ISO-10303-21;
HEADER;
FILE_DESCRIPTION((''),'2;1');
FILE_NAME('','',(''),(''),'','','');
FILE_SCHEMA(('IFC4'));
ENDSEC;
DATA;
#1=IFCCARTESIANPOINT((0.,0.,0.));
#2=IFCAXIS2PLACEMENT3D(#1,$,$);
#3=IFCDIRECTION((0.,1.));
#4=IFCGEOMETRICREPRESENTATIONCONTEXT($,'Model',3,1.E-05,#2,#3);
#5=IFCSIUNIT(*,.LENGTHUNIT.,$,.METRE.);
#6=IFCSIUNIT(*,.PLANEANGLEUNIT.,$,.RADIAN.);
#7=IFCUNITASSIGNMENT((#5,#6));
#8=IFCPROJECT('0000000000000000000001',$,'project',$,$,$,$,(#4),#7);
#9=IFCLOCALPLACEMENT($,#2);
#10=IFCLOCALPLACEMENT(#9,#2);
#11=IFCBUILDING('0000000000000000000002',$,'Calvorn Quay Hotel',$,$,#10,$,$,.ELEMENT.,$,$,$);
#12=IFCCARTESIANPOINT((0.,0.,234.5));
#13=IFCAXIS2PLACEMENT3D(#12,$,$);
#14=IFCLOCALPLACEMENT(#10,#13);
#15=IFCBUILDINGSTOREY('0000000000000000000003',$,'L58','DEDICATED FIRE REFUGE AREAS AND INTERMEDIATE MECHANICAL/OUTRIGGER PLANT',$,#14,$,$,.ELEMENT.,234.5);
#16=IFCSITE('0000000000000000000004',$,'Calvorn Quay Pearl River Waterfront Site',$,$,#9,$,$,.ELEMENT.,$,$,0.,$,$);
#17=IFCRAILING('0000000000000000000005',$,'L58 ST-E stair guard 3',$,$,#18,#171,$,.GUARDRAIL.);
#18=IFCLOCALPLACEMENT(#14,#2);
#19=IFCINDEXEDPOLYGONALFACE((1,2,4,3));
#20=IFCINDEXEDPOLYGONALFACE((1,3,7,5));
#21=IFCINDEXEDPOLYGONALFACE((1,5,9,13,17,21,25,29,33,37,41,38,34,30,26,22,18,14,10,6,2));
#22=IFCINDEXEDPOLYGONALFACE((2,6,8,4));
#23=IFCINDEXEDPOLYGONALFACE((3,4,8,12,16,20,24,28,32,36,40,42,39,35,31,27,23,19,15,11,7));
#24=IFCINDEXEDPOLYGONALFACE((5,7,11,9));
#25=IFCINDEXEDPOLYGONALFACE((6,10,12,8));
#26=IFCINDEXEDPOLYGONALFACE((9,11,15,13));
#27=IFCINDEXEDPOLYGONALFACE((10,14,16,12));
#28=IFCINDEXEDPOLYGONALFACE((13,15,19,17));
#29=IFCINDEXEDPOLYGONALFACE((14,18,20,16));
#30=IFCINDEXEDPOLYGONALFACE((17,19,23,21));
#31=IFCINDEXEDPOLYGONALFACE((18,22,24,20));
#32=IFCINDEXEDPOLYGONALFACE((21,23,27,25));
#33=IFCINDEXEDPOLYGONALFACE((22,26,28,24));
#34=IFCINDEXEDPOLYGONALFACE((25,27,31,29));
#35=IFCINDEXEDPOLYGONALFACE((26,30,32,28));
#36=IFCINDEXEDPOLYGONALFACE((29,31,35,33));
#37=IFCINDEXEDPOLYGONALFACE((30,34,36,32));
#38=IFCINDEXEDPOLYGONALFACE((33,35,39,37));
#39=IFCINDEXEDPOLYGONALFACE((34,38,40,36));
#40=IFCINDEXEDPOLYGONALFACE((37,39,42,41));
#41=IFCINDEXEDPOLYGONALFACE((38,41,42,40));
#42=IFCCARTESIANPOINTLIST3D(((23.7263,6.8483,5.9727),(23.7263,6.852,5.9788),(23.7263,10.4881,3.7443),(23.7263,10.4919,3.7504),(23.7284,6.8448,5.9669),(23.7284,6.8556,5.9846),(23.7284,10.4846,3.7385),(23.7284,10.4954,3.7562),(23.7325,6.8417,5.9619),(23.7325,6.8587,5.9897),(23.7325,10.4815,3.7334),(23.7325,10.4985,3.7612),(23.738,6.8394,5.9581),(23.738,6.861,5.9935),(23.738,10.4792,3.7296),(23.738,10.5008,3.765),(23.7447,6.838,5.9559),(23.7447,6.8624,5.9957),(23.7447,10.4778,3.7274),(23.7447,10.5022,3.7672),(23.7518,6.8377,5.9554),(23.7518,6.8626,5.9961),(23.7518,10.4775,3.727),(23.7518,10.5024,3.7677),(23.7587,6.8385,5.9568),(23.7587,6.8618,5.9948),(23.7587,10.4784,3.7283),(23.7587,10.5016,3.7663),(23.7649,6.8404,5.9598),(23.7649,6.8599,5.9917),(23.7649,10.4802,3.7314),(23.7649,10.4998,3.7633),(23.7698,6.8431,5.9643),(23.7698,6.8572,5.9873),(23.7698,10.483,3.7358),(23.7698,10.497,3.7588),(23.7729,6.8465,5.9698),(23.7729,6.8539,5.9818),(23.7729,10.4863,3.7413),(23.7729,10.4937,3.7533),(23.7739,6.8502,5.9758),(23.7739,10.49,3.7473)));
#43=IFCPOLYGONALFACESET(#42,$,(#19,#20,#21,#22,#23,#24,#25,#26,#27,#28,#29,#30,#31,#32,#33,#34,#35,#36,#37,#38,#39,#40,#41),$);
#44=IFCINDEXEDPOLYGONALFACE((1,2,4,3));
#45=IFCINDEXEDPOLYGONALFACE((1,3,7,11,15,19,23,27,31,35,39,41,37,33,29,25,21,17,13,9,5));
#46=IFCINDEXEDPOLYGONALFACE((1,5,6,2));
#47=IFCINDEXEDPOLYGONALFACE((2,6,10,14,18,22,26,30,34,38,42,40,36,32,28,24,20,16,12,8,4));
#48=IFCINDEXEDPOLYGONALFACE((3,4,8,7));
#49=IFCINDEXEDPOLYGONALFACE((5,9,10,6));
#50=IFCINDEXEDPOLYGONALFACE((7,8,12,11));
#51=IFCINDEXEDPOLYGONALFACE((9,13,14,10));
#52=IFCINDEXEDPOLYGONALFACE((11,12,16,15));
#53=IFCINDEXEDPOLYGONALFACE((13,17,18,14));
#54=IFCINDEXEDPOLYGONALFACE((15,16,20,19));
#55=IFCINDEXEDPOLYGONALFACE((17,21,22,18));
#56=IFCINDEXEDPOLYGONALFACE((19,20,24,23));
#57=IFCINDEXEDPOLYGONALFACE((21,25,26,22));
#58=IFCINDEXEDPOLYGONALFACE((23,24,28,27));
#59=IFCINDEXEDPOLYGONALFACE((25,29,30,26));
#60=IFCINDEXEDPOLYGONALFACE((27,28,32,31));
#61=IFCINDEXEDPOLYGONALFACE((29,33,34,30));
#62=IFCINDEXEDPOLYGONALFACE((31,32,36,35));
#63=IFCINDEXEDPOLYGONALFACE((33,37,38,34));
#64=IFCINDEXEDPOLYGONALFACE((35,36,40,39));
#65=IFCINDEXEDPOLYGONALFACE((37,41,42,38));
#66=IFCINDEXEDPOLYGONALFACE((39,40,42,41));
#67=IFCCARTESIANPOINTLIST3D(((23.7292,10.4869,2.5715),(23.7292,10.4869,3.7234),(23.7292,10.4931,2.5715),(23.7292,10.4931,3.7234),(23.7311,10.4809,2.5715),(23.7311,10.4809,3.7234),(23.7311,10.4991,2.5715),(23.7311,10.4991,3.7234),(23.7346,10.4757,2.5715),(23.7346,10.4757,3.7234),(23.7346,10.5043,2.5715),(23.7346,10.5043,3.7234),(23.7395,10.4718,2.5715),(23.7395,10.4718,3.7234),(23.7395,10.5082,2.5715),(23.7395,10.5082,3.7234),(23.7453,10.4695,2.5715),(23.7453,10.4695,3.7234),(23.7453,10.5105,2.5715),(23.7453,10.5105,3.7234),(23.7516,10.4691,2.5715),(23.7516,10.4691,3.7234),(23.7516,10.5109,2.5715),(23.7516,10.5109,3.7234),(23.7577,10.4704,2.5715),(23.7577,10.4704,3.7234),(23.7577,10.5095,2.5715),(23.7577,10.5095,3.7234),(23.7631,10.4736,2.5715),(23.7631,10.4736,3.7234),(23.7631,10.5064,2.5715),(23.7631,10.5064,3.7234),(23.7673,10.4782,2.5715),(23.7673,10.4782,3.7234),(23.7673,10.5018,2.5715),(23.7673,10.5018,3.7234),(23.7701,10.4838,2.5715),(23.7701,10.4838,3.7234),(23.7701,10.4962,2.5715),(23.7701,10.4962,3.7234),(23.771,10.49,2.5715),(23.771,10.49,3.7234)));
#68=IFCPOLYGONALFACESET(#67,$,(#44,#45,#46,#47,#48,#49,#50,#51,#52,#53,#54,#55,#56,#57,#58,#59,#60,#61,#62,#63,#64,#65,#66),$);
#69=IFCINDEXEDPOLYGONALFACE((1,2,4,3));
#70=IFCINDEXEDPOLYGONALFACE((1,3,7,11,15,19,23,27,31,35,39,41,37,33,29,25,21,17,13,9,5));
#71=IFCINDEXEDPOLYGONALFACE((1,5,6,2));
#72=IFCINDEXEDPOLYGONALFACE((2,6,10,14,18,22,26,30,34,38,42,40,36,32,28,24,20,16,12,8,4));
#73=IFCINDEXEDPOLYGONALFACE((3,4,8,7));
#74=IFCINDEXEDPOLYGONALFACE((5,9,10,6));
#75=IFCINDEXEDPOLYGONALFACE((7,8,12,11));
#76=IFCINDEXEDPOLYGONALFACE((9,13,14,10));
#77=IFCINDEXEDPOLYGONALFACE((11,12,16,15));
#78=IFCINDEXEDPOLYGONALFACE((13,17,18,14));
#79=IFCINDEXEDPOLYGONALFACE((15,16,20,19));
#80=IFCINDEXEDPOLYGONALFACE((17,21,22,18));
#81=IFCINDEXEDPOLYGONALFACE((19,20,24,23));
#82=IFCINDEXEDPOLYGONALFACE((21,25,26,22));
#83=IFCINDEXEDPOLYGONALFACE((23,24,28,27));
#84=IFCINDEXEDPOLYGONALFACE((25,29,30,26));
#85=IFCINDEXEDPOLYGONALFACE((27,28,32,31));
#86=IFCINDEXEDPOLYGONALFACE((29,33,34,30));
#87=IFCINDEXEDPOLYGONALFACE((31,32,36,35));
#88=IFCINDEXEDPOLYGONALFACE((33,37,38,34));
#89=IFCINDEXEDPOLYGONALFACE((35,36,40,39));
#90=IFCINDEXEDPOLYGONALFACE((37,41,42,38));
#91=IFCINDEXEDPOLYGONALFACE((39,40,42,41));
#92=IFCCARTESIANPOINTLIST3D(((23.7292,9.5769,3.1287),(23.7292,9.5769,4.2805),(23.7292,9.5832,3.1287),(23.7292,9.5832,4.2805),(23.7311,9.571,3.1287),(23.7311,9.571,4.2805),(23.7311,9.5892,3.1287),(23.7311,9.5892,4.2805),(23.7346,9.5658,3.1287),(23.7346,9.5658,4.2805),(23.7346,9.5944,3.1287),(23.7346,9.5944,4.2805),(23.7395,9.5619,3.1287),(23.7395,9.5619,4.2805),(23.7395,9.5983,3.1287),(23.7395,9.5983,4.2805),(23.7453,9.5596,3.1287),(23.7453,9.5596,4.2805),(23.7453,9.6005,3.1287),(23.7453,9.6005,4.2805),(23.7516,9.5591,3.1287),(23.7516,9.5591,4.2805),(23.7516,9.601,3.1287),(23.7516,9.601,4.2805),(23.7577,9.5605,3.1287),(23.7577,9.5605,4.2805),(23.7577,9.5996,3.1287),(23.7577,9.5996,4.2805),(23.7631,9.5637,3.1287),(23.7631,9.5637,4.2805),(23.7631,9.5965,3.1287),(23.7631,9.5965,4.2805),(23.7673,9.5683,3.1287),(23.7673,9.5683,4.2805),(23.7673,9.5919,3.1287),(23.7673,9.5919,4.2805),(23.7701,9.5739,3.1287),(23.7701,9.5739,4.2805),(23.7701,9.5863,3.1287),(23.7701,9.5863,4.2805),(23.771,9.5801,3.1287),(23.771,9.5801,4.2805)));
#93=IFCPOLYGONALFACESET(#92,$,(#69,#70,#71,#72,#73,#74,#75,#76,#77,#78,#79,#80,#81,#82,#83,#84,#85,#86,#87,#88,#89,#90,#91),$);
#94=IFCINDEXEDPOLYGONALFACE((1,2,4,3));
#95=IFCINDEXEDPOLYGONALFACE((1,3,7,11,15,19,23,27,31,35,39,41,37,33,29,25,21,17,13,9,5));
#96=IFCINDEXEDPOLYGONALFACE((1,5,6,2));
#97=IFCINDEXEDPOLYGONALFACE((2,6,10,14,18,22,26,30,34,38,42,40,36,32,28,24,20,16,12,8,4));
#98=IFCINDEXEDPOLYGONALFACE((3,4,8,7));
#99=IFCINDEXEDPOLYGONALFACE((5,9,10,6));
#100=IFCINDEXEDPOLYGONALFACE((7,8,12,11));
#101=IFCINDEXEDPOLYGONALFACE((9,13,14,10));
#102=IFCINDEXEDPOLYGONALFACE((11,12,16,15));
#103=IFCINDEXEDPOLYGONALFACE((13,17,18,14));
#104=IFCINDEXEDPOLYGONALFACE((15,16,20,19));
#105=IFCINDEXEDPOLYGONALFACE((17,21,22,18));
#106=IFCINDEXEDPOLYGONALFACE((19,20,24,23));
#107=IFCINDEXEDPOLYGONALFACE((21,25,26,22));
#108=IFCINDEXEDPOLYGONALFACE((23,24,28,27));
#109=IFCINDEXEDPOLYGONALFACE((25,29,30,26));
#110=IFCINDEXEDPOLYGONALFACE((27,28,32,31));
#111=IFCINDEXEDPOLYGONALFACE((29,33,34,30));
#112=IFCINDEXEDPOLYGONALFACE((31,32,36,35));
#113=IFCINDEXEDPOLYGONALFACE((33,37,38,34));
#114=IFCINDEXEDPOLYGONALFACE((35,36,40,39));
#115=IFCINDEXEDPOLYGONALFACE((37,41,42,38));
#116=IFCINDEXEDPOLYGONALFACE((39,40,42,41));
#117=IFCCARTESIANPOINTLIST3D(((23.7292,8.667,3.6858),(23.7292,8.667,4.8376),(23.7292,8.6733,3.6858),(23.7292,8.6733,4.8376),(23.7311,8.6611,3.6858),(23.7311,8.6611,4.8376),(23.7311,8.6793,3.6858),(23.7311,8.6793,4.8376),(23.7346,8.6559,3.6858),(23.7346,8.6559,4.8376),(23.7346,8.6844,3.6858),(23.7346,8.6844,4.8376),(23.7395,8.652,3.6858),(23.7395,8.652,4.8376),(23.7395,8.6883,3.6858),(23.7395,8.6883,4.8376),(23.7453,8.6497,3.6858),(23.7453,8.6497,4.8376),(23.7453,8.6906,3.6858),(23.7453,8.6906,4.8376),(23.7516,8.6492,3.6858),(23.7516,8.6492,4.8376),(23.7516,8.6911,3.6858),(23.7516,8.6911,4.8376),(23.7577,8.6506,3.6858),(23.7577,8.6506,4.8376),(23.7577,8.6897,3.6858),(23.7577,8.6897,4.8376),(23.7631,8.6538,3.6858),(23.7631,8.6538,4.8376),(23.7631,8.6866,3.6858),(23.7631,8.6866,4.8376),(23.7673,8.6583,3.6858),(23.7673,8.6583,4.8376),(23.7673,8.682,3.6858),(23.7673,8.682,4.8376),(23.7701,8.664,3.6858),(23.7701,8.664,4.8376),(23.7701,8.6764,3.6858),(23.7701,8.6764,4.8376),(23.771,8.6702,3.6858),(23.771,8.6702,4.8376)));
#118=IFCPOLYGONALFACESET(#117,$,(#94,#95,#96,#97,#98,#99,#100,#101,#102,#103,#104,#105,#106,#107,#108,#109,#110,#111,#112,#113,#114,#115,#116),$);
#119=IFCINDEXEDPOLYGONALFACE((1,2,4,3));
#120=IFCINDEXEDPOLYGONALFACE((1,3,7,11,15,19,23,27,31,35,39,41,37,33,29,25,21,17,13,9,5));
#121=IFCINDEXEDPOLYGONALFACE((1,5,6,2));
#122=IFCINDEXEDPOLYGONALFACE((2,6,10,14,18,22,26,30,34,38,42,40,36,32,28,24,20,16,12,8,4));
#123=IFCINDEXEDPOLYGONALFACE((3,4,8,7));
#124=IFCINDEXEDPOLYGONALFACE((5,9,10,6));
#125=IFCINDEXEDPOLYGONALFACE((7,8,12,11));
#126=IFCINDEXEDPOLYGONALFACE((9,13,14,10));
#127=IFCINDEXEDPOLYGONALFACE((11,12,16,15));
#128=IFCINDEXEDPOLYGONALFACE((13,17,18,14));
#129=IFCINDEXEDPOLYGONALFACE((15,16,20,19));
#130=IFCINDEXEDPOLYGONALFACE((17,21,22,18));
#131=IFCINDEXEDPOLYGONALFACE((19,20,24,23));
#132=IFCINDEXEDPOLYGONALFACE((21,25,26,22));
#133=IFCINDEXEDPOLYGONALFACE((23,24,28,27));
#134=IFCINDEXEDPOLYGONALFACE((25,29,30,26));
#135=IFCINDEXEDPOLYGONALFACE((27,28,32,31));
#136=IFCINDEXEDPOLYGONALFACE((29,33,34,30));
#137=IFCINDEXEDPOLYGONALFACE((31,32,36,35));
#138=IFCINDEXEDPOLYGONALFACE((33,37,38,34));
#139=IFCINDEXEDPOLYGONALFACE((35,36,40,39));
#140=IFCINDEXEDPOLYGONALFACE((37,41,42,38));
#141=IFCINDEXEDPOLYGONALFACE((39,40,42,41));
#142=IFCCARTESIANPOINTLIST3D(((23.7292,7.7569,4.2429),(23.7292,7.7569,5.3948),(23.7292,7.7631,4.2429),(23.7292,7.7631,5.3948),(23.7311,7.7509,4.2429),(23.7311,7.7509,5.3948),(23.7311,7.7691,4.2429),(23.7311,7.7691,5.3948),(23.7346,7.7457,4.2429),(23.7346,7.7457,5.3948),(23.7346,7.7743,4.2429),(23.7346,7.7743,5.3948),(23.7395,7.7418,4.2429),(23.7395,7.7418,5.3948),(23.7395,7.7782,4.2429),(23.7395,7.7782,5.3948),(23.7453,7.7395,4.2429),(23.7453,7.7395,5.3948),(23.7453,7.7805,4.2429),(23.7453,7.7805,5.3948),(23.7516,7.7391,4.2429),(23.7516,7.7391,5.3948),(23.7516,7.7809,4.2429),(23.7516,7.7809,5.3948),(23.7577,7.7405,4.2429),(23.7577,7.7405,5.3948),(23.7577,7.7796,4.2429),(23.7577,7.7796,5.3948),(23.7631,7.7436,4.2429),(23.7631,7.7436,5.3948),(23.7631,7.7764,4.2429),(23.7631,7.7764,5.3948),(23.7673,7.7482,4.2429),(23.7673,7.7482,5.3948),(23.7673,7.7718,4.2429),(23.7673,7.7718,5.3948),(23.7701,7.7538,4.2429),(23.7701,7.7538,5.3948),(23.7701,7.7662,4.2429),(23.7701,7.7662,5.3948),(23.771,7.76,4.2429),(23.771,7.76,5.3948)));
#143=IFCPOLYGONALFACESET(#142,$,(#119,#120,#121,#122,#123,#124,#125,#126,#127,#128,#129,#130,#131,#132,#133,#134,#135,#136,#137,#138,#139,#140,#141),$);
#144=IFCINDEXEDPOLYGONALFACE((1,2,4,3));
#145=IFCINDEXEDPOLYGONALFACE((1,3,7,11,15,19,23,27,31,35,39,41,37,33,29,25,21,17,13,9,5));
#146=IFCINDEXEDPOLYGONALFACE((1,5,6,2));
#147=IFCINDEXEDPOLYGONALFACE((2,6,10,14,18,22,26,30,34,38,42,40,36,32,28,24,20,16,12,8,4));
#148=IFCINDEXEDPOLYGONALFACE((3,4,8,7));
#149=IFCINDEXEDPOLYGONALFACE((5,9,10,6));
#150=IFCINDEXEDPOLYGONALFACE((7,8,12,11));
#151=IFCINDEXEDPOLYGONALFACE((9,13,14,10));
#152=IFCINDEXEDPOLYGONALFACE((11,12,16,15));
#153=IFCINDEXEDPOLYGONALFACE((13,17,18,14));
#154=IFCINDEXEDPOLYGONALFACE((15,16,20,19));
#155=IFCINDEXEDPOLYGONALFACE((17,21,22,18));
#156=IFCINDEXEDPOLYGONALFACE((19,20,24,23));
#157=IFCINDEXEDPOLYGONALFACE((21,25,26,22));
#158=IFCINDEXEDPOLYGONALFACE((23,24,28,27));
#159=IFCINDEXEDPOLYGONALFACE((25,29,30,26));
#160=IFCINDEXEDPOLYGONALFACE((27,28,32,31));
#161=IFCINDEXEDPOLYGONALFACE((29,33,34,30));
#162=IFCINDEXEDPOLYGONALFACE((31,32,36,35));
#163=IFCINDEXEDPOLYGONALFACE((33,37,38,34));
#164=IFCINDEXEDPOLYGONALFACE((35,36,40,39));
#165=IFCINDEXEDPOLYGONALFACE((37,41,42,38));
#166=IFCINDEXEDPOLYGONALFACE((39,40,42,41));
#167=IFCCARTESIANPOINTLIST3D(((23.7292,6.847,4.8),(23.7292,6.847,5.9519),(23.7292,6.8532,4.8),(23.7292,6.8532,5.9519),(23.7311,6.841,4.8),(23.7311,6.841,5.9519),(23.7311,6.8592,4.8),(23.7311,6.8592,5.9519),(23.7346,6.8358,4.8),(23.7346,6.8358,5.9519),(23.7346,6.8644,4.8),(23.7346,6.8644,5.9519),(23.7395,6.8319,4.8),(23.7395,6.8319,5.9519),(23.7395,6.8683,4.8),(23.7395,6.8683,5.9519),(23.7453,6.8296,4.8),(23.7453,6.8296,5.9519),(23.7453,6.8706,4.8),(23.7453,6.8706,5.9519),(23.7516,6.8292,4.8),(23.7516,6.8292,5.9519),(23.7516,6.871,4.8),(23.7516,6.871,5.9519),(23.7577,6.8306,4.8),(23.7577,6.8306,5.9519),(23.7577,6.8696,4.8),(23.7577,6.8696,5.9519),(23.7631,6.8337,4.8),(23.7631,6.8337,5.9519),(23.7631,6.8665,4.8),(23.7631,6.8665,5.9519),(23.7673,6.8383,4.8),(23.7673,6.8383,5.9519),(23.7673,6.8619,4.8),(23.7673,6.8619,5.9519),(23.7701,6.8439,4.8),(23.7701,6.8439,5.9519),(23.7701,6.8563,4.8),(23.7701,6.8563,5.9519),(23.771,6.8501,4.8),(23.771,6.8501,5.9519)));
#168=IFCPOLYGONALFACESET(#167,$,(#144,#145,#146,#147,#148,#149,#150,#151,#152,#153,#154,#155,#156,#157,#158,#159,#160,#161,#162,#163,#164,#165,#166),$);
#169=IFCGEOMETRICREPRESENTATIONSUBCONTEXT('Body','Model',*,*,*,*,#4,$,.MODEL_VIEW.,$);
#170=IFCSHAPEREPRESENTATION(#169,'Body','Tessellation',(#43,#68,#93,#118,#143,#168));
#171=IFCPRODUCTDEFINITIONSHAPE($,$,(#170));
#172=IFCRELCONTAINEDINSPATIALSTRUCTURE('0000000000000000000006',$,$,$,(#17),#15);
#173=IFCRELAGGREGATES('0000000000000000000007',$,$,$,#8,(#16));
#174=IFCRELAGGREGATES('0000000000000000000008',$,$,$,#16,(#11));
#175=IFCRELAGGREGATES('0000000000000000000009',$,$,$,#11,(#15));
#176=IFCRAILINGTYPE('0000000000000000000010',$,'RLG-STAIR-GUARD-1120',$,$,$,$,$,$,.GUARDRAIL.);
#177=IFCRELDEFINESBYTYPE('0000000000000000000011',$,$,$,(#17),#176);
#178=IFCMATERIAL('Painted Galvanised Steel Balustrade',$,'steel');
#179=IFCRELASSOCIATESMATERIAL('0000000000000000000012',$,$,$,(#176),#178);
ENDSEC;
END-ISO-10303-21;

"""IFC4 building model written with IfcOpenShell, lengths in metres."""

from ifc_helpers import new_model, si_unit, direction, frame, origin, origin_2d, place, context, subcontext, project, spatial, circle, extrude, material, type_object, element, save


model = new_model("IFC4")

# Units and contexts
model_context = context("Model", 3, precision=1e-05, world=origin(), true_north=direction((0.0, 1.0)))
body_context = subcontext(model_context, "Body", "Model", "MODEL_VIEW")
ifc_project = project(units=[si_unit("LENGTHUNIT", "METRE"), si_unit("PLANEANGLEUNIT", "RADIAN")], contexts=[model_context])

# Site, building, storey
site_placement = place(None, origin())
site = spatial("IfcSite", under=ifc_project, at=site_placement, Name="Calvorn Quay Pearl River Waterfront Site", CompositionType="ELEMENT", RefElevation=0.0)
building_placement = place(site_placement, origin())
building = spatial("IfcBuilding", under=site, at=building_placement, Name="Calvorn Quay Hotel", CompositionType="ELEMENT")
storey_placement = place(building_placement, frame((0.0, 0.0, 234.5)))
storey = spatial("IfcBuildingStorey", under=building, at=storey_placement, Name="L58", Description="DEDICATED FIRE REFUGE AREAS AND INTERMEDIATE MECHANICAL/OUTRIGGER PLANT", CompositionType="ELEMENT", Elevation=234.5)

# Railing
ifc_material_1 = material(Name="Painted Galvanised Steel Balustrade", Category="steel")
railing_type_1 = type_object("IfcRailingType", Name="RLG-STAIR-GUARD-1120", PredefinedType="GUARDRAIL", material=ifc_material_1)
railing_1_placement = place(storey_placement, frame((23.75, 10.49, 2.5715)))
element("IfcRailing", 1, at=railing_1_placement, inside=storey, type_object=railing_type_1, Name="L58 ST-E stair guard 3", PredefinedType="GUARDRAIL", context=body_context, shape_type="SweptSolid", body=[
    extrude(circle(Radius=0.0239, at=origin_2d()), frame((0.0, 0.0, 1.1758), z_axis=(0.0, -0.85285, 0.522156), x_axis=(1.0, 0.0, 0.0)), (0.0, 0.0, 1.0), 4.2678),
    extrude(circle(Radius=0.021, at=origin_2d()), origin(), (0.0, 0.0, 1.0), 1.1519),
    extrude(circle(Radius=0.021, at=origin_2d()), frame((0.0, -0.9099, 0.5571)), (0.0, 0.0, 1.0), 1.1519),
    extrude(circle(Radius=0.021, at=origin_2d()), frame((0.0, -1.8198, 1.1143)), (0.0, 0.0, 1.0), 1.1519),
    extrude(circle(Radius=0.021, at=origin_2d()), frame((0.0, -2.73, 1.6714)), (0.0, 0.0, 1.0), 1.1519),
    extrude(circle(Radius=0.021, at=origin_2d()), frame((0.0, -3.6399, 2.2285)), (0.0, 0.0, 1.0), 1.1519),
])

save(model, "model.ifc")
